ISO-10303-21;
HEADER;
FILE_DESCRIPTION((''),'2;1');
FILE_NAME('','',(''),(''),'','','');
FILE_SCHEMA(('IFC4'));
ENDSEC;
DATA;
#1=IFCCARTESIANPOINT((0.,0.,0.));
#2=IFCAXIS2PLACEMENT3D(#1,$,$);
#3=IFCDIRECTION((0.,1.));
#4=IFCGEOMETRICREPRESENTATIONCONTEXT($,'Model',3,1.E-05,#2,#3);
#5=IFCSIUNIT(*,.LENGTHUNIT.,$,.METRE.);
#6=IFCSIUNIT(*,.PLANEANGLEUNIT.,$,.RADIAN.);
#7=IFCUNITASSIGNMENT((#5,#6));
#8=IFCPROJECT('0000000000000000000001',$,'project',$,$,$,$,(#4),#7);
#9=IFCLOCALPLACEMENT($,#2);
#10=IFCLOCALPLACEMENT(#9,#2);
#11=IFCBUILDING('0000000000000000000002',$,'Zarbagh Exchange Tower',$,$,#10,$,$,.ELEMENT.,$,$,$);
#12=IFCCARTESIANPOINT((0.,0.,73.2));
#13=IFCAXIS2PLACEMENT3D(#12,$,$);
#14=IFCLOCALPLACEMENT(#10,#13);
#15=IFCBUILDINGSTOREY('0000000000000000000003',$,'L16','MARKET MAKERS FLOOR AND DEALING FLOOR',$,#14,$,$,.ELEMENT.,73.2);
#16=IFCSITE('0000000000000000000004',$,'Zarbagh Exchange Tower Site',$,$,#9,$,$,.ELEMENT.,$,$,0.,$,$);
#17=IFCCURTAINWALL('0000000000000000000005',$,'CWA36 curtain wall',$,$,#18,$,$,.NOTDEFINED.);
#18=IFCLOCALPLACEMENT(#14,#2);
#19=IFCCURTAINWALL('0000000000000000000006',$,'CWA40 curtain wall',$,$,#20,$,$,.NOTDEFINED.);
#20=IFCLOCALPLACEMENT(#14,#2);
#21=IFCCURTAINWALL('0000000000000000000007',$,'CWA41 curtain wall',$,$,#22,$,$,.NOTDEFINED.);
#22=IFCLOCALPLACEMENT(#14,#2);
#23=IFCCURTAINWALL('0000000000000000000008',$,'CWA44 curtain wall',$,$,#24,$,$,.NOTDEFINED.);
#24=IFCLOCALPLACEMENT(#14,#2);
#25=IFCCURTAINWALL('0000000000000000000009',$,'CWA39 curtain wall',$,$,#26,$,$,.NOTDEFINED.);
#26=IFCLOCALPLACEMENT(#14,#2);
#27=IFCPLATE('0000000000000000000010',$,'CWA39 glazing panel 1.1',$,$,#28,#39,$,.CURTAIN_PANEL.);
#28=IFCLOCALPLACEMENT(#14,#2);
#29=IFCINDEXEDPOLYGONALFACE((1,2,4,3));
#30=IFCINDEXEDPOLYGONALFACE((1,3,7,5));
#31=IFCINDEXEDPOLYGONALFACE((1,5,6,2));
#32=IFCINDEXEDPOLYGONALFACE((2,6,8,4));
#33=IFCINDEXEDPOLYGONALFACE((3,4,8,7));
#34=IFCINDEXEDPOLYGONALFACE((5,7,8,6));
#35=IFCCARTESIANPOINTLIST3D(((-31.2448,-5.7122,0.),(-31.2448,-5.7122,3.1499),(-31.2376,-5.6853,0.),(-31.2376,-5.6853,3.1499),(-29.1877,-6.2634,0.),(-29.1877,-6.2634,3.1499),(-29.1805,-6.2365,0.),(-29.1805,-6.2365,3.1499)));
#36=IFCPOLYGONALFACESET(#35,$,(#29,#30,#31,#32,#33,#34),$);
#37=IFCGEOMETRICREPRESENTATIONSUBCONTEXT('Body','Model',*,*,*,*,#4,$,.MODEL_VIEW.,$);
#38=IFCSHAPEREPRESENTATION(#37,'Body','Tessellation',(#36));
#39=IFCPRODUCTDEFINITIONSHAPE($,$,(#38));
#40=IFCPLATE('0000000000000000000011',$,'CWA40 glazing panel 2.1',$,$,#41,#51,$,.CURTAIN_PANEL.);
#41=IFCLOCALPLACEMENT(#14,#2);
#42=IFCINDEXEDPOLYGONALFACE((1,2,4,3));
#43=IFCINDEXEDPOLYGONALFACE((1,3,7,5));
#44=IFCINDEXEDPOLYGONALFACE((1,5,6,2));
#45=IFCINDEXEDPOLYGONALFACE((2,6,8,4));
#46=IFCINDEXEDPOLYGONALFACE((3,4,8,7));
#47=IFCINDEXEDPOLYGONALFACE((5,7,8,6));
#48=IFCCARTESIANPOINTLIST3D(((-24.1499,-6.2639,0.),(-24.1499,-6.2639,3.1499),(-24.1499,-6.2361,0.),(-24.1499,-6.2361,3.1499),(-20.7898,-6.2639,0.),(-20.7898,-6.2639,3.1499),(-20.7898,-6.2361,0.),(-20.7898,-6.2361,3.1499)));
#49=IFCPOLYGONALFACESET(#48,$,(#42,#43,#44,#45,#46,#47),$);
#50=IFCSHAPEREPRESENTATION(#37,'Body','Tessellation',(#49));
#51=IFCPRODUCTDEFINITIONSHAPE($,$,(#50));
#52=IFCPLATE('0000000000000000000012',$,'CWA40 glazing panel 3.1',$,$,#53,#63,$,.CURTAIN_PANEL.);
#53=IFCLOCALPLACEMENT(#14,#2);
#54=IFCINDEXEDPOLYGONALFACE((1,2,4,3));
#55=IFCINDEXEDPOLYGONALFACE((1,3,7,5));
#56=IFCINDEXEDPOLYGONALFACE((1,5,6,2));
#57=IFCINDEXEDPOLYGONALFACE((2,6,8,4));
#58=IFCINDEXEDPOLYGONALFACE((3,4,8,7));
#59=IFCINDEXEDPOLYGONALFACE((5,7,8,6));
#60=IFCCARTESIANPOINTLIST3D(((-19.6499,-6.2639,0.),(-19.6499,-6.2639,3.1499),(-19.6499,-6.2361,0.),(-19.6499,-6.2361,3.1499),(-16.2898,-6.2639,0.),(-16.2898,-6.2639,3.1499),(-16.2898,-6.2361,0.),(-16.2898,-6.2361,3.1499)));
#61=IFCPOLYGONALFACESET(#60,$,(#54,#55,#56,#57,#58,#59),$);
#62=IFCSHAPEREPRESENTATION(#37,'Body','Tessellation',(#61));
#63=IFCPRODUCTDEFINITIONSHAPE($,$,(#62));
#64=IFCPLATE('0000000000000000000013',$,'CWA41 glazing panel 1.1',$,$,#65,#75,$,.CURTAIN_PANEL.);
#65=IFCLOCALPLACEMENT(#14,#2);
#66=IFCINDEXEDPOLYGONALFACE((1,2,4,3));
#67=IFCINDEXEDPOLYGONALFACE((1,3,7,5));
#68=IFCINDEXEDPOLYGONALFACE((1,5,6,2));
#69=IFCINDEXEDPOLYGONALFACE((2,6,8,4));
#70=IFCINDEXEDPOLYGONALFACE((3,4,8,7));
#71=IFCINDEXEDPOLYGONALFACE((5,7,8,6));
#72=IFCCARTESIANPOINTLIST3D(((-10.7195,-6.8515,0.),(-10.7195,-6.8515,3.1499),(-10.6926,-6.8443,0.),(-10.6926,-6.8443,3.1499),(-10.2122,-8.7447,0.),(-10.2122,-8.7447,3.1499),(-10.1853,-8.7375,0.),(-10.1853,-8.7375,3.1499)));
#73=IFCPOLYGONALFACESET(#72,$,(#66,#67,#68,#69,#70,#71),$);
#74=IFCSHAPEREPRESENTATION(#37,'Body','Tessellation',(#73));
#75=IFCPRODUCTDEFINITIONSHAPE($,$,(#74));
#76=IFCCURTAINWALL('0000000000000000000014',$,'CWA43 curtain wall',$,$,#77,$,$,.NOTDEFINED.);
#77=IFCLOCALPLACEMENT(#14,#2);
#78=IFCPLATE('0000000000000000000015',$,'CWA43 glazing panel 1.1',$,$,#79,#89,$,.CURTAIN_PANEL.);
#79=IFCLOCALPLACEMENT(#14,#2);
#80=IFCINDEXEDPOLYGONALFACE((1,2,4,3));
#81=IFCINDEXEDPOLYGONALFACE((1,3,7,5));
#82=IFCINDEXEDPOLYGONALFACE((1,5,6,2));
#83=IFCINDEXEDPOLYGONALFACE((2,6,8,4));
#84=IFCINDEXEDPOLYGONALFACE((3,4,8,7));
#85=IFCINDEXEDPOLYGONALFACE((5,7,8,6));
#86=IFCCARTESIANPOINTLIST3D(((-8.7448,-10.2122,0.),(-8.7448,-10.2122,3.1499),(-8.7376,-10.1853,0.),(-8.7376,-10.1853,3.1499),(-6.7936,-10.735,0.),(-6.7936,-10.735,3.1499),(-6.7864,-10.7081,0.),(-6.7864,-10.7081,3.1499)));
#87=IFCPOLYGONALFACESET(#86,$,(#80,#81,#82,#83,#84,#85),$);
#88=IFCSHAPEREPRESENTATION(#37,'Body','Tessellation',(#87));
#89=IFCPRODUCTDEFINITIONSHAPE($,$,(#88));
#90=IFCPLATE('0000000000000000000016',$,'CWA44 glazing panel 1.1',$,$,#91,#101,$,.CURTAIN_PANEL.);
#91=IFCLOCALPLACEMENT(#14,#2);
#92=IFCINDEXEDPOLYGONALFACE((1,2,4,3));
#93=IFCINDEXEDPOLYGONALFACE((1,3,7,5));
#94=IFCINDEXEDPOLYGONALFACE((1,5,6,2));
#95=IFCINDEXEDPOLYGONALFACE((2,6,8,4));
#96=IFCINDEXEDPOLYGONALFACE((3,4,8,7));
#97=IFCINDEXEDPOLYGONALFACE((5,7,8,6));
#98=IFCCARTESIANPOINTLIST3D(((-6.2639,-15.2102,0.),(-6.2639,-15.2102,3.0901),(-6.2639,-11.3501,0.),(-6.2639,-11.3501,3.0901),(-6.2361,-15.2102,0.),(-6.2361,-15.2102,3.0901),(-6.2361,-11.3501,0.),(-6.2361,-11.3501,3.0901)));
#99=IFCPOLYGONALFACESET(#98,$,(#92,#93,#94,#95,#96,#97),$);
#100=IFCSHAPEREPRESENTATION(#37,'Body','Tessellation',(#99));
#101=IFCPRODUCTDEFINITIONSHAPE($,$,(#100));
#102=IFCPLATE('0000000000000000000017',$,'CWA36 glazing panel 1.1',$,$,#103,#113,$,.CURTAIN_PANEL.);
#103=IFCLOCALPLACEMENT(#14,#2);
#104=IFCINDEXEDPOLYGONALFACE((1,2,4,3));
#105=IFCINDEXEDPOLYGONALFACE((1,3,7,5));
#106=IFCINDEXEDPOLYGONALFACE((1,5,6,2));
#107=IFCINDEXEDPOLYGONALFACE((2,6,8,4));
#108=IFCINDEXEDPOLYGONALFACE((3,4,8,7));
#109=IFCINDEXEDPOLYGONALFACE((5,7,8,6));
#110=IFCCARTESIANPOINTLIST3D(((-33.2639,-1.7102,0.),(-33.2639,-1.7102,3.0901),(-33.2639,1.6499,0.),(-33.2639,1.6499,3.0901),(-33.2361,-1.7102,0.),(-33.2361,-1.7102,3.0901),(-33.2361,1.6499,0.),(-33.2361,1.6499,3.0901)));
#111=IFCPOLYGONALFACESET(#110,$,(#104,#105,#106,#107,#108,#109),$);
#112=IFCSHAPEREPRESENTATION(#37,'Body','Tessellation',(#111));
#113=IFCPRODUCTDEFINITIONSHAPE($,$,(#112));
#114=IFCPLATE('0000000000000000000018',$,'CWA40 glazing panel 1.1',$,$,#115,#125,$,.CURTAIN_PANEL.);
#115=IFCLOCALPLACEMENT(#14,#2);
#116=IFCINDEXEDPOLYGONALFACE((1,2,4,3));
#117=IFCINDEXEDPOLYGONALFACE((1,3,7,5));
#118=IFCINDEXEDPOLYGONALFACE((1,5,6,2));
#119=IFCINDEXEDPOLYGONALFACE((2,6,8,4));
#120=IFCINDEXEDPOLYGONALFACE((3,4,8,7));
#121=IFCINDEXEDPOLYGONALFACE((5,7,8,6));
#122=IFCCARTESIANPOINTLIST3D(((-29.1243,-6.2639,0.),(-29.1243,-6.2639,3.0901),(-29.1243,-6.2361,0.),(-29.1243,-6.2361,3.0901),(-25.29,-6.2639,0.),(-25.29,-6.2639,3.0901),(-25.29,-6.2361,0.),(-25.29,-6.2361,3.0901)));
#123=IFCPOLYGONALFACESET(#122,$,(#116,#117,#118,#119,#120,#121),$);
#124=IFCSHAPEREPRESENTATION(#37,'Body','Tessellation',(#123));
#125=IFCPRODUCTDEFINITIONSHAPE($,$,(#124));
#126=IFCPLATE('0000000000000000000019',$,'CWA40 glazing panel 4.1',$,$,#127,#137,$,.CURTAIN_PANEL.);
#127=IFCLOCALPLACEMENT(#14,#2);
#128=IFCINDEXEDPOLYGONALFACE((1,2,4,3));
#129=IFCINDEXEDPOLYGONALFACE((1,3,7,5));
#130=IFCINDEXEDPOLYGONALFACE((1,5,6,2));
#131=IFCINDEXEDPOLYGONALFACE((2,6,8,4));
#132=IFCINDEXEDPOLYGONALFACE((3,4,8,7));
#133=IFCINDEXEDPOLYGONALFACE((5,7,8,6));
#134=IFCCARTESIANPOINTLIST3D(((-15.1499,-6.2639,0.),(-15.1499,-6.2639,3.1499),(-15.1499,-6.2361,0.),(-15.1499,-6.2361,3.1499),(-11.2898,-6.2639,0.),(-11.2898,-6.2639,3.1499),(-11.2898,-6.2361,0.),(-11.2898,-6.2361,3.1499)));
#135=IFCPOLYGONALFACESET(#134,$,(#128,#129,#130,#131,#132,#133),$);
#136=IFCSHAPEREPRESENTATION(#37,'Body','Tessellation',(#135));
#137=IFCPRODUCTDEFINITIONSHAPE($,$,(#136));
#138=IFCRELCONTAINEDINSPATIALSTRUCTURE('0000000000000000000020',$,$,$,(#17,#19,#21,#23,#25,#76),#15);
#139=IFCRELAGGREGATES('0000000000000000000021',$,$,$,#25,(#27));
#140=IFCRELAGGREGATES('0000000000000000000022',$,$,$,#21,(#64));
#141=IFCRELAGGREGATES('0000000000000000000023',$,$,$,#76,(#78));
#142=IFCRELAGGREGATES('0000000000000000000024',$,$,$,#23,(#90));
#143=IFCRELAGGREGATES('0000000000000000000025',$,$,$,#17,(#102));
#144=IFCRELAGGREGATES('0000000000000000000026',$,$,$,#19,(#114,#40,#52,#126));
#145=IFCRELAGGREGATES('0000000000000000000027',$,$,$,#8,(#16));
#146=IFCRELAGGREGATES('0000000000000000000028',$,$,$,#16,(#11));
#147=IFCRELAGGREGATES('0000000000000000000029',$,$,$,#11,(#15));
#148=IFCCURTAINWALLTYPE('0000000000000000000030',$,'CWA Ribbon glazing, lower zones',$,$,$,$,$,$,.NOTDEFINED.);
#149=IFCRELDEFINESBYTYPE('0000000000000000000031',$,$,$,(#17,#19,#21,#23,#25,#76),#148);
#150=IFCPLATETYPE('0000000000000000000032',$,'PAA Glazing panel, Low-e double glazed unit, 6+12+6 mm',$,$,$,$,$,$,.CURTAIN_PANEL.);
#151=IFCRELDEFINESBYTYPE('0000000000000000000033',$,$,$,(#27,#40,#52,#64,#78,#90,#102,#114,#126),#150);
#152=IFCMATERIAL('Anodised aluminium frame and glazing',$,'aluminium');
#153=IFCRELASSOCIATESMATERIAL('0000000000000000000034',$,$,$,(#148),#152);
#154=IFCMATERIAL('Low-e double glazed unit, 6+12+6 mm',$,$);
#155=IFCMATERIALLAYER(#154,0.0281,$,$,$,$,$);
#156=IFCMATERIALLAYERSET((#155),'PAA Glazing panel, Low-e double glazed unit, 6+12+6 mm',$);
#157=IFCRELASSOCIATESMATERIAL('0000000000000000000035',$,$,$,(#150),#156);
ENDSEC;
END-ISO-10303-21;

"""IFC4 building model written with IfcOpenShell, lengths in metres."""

from ifc_helpers import new_model, si_unit, direction, frame, origin, place, context, subcontext, project, spatial, polyline, outline, extrude, source, transform, mapped, material, layer, layer_set, type_object, element, aggregate, save


model = new_model("IFC4")

# Units and contexts
model_context = context("Model", 3, precision=1e-05, world=origin(), true_north=direction((0.0, 1.0)))
body_context = subcontext(model_context, "Body", "Model", "MODEL_VIEW")
ifc_project = project(units=[si_unit("LENGTHUNIT", "METRE"), si_unit("PLANEANGLEUNIT", "RADIAN")], contexts=[model_context])

# Site, building, storey
site_placement = place(None, origin())
site = spatial("IfcSite", under=ifc_project, at=site_placement, Name="Zarbagh Exchange Tower Site", CompositionType="ELEMENT", RefElevation=0.0)
building_placement = place(site_placement, origin())
building = spatial("IfcBuilding", under=site, at=building_placement, Name="Zarbagh Exchange Tower", CompositionType="ELEMENT")
storey_placement = place(building_placement, frame((0.0, 0.0, 73.2)))
storey = spatial("IfcBuildingStorey", under=building, at=storey_placement, Name="L16", Description="MARKET MAKERS FLOOR AND DEALING FLOOR", CompositionType="ELEMENT", Elevation=73.2)

# Curtain wall
ifc_material_1 = material(Name="Anodised aluminium frame and glazing", Category="aluminium")
curtain_wall_type = type_object("IfcCurtainWallType", Name="CWA Ribbon glazing, lower zones", PredefinedType="NOTDEFINED", material=ifc_material_1)
curtain_wall_1_placement = place(storey_placement, origin())
curtain_wall_1 = element("IfcCurtainWall", 1, at=curtain_wall_1_placement, inside=storey, type_object=curtain_wall_type, Name="CWA36 curtain wall", PredefinedType="NOTDEFINED")
placement = place(storey_placement, origin())

# Curtain wall
curtain_wall_2_placement = place(storey_placement, origin())
curtain_wall_2 = element("IfcCurtainWall", 2, at=curtain_wall_2_placement, inside=storey, type_object=curtain_wall_type, Name="CWA40 curtain wall", PredefinedType="NOTDEFINED")

# Curtain wall
curtain_wall_3_placement = place(storey_placement, origin())
curtain_wall_3 = element("IfcCurtainWall", 3, at=curtain_wall_3_placement, inside=storey, type_object=curtain_wall_type, Name="CWA41 curtain wall", PredefinedType="NOTDEFINED")

# Curtain wall
curtain_wall_4_placement = place(storey_placement, origin())
curtain_wall_4 = element("IfcCurtainWall", 4, at=curtain_wall_4_placement, inside=storey, type_object=curtain_wall_type, Name="CWA44 curtain wall", PredefinedType="NOTDEFINED")

# Shared definitions
ifc_material_2 = material(Name="Low-e double glazed unit, 6+12+6 mm")
ifc_layer = layer(ifc_material_2, 0.0281)
ifc_layer_set = layer_set([ifc_layer], Name="PAA Glazing panel, Low-e double glazed unit, 6+12+6 mm")
plate_type = type_object("IfcPlateType", Name="PAA Glazing panel, Low-e double glazed unit, 6+12+6 mm", PredefinedType="CURTAIN_PANEL", material=ifc_layer_set)

# Curtain wall, plate
curtain_wall_5_placement = place(storey_placement, origin())
curtain_wall_5 = element("IfcCurtainWall", 5, at=curtain_wall_5_placement, inside=storey, type_object=curtain_wall_type, Name="CWA39 curtain wall", PredefinedType="NOTDEFINED")
shared_shape_1 = source(origin(), body_context, "Body", "SweptSolid", [
    extrude(outline(polyline([(0.0, -0.0139), (2.1296, -0.0139), (2.1296, 0.0139), (0.0, 0.0139), (0.0, -0.0139)])), origin(), (0.0, 0.0, 1.0), 3.1499),
])
plate_1 = element("IfcPlate", 6, at=placement, type_object=plate_type, Name="CWA39 glazing panel 1.1", PredefinedType="CURTAIN_PANEL", context=body_context, shape_type="MappedRepresentation", body=[
    mapped(shared_shape_1, transform((-31.2412, -5.6987, 0.0), x_axis=(0.965924, -0.258825, 0.0), y_axis=(0.258825, 0.965924, 0.0), z_axis=(0.0, 0.0, 1.0))),
])
aggregate(curtain_wall_5, [plate_1])

# Plates
shared_shape_2 = source(origin(), body_context, "Body", "SweptSolid", [
    extrude(outline(polyline([(0.0, -0.0139), (3.3601, -0.0139), (3.3601, 0.0139), (0.0, 0.0139), (0.0, -0.0139)])), origin(), (0.0, 0.0, 1.0), 3.1499),
])
plate_2 = element("IfcPlate", 7, at=placement, type_object=plate_type, Name="CWA40 glazing panel 2.1", PredefinedType="CURTAIN_PANEL", context=body_context, shape_type="MappedRepresentation", body=[
    mapped(shared_shape_2, transform((-24.1499, -6.25, 0.0), x_axis=(1.0, 0.0, 0.0), y_axis=(0.0, 1.0, 0.0), z_axis=(0.0, 0.0, 1.0))),
])
plate_3 = element("IfcPlate", 8, at=placement, type_object=plate_type, Name="CWA40 glazing panel 3.1", PredefinedType="CURTAIN_PANEL", context=body_context, shape_type="MappedRepresentation", body=[
    mapped(shared_shape_2, transform((-19.6499, -6.25, 0.0), x_axis=(1.0, 0.0, 0.0), y_axis=(0.0, 1.0, 0.0), z_axis=(0.0, 0.0, 1.0))),
])
shared_shape_3 = source(origin(), body_context, "Body", "SweptSolid", [
    extrude(outline(polyline([(0.0, -0.0139), (1.96, -0.0139), (1.96, 0.0139), (0.0, 0.0139), (0.0, -0.0139)])), origin(), (0.0, 0.0, 1.0), 3.1499),
])
plate_4 = element("IfcPlate", 9, at=placement, type_object=plate_type, Name="CWA41 glazing panel 1.1", PredefinedType="CURTAIN_PANEL", context=body_context, shape_type="MappedRepresentation", body=[
    mapped(shared_shape_3, transform((-10.7061, -6.8479, 0.0), x_axis=(0.258825, -0.965924, 0.0), y_axis=(0.965924, 0.258825, 0.0), z_axis=(0.0, 0.0, 1.0))),
])
aggregate(curtain_wall_3, [plate_4])

# Curtain wall, plate
curtain_wall_6_placement = place(storey_placement, origin())
curtain_wall_6 = element("IfcCurtainWall", 10, at=curtain_wall_6_placement, inside=storey, type_object=curtain_wall_type, Name="CWA43 curtain wall", PredefinedType="NOTDEFINED")
shared_shape_4 = source(origin(), body_context, "Body", "SweptSolid", [
    extrude(outline(polyline([(0.0, -0.0139), (2.02, -0.0139), (2.02, 0.0139), (0.0, 0.0139), (0.0, -0.0139)])), origin(), (0.0, 0.0, 1.0), 3.1499),
])
plate_5 = element("IfcPlate", 11, at=placement, type_object=plate_type, Name="CWA43 glazing panel 1.1", PredefinedType="CURTAIN_PANEL", context=body_context, shape_type="MappedRepresentation", body=[
    mapped(shared_shape_4, transform((-8.7412, -10.1987, 0.0), x_axis=(0.965924, -0.258825, 0.0), y_axis=(0.258825, 0.965924, 0.0), z_axis=(0.0, 0.0, 1.0))),
])
aggregate(curtain_wall_6, [plate_5])

# Plates
shared_shape_5 = source(origin(), body_context, "Body", "SweptSolid", [
    extrude(outline(polyline([(0.0, -0.0139), (3.8601, -0.0139), (3.8601, 0.0139), (0.0, 0.0139), (0.0, -0.0139)])), origin(), (0.0, 0.0, 1.0), 3.0901),
])
plate_6 = element("IfcPlate", 12, at=placement, type_object=plate_type, Name="CWA44 glazing panel 1.1", PredefinedType="CURTAIN_PANEL", context=body_context, shape_type="MappedRepresentation", body=[
    mapped(shared_shape_5, transform((-6.25, -11.3501, 0.0), x_axis=(0.0, -1.0, 0.0), y_axis=(1.0, 0.0, 0.0), z_axis=(0.0, 0.0, 1.0))),
])
aggregate(curtain_wall_4, [plate_6])
shared_shape_6 = source(origin(), body_context, "Body", "SweptSolid", [
    extrude(outline(polyline([(0.0, -0.0139), (3.3601, -0.0139), (3.3601, 0.0139), (0.0, 0.0139), (0.0, -0.0139)])), origin(), (0.0, 0.0, 1.0), 3.0901),
])
plate_7 = element("IfcPlate", 13, at=placement, type_object=plate_type, Name="CWA36 glazing panel 1.1", PredefinedType="CURTAIN_PANEL", context=body_context, shape_type="MappedRepresentation", body=[
    mapped(shared_shape_6, transform((-33.25, 1.6499, 0.0), x_axis=(0.0, -1.0, 0.0), y_axis=(1.0, 0.0, 0.0), z_axis=(0.0, 0.0, 1.0))),
])
aggregate(curtain_wall_1, [plate_7])
shared_shape_7 = source(origin(), body_context, "Body", "SweptSolid", [
    extrude(outline(polyline([(0.0, -0.0139), (3.8342, -0.0139), (3.8342, 0.0139), (0.0, 0.0139), (0.0, -0.0139)])), origin(), (0.0, 0.0, 1.0), 3.0901),
])
plate_8 = element("IfcPlate", 14, at=placement, type_object=plate_type, Name="CWA40 glazing panel 1.1", PredefinedType="CURTAIN_PANEL", context=body_context, shape_type="MappedRepresentation", body=[
    mapped(shared_shape_7, transform((-29.1243, -6.25, 0.0), x_axis=(1.0, 0.0, 0.0), y_axis=(0.0, 1.0, 0.0), z_axis=(0.0, 0.0, 1.0))),
])
shared_shape_8 = source(origin(), body_context, "Body", "SweptSolid", [
    extrude(outline(polyline([(0.0, -0.0139), (3.8601, -0.0139), (3.8601, 0.0139), (0.0, 0.0139), (0.0, -0.0139)])), origin(), (0.0, 0.0, 1.0), 3.1499),
])
plate_9 = element("IfcPlate", 15, at=placement, type_object=plate_type, Name="CWA40 glazing panel 4.1", PredefinedType="CURTAIN_PANEL", context=body_context, shape_type="MappedRepresentation", body=[
    mapped(shared_shape_8, transform((-15.1499, -6.25, 0.0), x_axis=(1.0, 0.0, 0.0), y_axis=(0.0, 1.0, 0.0), z_axis=(0.0, 0.0, 1.0))),
])
aggregate(curtain_wall_2, [plate_8, plate_2, plate_3, plate_9])

save(model, "model.ifc")
